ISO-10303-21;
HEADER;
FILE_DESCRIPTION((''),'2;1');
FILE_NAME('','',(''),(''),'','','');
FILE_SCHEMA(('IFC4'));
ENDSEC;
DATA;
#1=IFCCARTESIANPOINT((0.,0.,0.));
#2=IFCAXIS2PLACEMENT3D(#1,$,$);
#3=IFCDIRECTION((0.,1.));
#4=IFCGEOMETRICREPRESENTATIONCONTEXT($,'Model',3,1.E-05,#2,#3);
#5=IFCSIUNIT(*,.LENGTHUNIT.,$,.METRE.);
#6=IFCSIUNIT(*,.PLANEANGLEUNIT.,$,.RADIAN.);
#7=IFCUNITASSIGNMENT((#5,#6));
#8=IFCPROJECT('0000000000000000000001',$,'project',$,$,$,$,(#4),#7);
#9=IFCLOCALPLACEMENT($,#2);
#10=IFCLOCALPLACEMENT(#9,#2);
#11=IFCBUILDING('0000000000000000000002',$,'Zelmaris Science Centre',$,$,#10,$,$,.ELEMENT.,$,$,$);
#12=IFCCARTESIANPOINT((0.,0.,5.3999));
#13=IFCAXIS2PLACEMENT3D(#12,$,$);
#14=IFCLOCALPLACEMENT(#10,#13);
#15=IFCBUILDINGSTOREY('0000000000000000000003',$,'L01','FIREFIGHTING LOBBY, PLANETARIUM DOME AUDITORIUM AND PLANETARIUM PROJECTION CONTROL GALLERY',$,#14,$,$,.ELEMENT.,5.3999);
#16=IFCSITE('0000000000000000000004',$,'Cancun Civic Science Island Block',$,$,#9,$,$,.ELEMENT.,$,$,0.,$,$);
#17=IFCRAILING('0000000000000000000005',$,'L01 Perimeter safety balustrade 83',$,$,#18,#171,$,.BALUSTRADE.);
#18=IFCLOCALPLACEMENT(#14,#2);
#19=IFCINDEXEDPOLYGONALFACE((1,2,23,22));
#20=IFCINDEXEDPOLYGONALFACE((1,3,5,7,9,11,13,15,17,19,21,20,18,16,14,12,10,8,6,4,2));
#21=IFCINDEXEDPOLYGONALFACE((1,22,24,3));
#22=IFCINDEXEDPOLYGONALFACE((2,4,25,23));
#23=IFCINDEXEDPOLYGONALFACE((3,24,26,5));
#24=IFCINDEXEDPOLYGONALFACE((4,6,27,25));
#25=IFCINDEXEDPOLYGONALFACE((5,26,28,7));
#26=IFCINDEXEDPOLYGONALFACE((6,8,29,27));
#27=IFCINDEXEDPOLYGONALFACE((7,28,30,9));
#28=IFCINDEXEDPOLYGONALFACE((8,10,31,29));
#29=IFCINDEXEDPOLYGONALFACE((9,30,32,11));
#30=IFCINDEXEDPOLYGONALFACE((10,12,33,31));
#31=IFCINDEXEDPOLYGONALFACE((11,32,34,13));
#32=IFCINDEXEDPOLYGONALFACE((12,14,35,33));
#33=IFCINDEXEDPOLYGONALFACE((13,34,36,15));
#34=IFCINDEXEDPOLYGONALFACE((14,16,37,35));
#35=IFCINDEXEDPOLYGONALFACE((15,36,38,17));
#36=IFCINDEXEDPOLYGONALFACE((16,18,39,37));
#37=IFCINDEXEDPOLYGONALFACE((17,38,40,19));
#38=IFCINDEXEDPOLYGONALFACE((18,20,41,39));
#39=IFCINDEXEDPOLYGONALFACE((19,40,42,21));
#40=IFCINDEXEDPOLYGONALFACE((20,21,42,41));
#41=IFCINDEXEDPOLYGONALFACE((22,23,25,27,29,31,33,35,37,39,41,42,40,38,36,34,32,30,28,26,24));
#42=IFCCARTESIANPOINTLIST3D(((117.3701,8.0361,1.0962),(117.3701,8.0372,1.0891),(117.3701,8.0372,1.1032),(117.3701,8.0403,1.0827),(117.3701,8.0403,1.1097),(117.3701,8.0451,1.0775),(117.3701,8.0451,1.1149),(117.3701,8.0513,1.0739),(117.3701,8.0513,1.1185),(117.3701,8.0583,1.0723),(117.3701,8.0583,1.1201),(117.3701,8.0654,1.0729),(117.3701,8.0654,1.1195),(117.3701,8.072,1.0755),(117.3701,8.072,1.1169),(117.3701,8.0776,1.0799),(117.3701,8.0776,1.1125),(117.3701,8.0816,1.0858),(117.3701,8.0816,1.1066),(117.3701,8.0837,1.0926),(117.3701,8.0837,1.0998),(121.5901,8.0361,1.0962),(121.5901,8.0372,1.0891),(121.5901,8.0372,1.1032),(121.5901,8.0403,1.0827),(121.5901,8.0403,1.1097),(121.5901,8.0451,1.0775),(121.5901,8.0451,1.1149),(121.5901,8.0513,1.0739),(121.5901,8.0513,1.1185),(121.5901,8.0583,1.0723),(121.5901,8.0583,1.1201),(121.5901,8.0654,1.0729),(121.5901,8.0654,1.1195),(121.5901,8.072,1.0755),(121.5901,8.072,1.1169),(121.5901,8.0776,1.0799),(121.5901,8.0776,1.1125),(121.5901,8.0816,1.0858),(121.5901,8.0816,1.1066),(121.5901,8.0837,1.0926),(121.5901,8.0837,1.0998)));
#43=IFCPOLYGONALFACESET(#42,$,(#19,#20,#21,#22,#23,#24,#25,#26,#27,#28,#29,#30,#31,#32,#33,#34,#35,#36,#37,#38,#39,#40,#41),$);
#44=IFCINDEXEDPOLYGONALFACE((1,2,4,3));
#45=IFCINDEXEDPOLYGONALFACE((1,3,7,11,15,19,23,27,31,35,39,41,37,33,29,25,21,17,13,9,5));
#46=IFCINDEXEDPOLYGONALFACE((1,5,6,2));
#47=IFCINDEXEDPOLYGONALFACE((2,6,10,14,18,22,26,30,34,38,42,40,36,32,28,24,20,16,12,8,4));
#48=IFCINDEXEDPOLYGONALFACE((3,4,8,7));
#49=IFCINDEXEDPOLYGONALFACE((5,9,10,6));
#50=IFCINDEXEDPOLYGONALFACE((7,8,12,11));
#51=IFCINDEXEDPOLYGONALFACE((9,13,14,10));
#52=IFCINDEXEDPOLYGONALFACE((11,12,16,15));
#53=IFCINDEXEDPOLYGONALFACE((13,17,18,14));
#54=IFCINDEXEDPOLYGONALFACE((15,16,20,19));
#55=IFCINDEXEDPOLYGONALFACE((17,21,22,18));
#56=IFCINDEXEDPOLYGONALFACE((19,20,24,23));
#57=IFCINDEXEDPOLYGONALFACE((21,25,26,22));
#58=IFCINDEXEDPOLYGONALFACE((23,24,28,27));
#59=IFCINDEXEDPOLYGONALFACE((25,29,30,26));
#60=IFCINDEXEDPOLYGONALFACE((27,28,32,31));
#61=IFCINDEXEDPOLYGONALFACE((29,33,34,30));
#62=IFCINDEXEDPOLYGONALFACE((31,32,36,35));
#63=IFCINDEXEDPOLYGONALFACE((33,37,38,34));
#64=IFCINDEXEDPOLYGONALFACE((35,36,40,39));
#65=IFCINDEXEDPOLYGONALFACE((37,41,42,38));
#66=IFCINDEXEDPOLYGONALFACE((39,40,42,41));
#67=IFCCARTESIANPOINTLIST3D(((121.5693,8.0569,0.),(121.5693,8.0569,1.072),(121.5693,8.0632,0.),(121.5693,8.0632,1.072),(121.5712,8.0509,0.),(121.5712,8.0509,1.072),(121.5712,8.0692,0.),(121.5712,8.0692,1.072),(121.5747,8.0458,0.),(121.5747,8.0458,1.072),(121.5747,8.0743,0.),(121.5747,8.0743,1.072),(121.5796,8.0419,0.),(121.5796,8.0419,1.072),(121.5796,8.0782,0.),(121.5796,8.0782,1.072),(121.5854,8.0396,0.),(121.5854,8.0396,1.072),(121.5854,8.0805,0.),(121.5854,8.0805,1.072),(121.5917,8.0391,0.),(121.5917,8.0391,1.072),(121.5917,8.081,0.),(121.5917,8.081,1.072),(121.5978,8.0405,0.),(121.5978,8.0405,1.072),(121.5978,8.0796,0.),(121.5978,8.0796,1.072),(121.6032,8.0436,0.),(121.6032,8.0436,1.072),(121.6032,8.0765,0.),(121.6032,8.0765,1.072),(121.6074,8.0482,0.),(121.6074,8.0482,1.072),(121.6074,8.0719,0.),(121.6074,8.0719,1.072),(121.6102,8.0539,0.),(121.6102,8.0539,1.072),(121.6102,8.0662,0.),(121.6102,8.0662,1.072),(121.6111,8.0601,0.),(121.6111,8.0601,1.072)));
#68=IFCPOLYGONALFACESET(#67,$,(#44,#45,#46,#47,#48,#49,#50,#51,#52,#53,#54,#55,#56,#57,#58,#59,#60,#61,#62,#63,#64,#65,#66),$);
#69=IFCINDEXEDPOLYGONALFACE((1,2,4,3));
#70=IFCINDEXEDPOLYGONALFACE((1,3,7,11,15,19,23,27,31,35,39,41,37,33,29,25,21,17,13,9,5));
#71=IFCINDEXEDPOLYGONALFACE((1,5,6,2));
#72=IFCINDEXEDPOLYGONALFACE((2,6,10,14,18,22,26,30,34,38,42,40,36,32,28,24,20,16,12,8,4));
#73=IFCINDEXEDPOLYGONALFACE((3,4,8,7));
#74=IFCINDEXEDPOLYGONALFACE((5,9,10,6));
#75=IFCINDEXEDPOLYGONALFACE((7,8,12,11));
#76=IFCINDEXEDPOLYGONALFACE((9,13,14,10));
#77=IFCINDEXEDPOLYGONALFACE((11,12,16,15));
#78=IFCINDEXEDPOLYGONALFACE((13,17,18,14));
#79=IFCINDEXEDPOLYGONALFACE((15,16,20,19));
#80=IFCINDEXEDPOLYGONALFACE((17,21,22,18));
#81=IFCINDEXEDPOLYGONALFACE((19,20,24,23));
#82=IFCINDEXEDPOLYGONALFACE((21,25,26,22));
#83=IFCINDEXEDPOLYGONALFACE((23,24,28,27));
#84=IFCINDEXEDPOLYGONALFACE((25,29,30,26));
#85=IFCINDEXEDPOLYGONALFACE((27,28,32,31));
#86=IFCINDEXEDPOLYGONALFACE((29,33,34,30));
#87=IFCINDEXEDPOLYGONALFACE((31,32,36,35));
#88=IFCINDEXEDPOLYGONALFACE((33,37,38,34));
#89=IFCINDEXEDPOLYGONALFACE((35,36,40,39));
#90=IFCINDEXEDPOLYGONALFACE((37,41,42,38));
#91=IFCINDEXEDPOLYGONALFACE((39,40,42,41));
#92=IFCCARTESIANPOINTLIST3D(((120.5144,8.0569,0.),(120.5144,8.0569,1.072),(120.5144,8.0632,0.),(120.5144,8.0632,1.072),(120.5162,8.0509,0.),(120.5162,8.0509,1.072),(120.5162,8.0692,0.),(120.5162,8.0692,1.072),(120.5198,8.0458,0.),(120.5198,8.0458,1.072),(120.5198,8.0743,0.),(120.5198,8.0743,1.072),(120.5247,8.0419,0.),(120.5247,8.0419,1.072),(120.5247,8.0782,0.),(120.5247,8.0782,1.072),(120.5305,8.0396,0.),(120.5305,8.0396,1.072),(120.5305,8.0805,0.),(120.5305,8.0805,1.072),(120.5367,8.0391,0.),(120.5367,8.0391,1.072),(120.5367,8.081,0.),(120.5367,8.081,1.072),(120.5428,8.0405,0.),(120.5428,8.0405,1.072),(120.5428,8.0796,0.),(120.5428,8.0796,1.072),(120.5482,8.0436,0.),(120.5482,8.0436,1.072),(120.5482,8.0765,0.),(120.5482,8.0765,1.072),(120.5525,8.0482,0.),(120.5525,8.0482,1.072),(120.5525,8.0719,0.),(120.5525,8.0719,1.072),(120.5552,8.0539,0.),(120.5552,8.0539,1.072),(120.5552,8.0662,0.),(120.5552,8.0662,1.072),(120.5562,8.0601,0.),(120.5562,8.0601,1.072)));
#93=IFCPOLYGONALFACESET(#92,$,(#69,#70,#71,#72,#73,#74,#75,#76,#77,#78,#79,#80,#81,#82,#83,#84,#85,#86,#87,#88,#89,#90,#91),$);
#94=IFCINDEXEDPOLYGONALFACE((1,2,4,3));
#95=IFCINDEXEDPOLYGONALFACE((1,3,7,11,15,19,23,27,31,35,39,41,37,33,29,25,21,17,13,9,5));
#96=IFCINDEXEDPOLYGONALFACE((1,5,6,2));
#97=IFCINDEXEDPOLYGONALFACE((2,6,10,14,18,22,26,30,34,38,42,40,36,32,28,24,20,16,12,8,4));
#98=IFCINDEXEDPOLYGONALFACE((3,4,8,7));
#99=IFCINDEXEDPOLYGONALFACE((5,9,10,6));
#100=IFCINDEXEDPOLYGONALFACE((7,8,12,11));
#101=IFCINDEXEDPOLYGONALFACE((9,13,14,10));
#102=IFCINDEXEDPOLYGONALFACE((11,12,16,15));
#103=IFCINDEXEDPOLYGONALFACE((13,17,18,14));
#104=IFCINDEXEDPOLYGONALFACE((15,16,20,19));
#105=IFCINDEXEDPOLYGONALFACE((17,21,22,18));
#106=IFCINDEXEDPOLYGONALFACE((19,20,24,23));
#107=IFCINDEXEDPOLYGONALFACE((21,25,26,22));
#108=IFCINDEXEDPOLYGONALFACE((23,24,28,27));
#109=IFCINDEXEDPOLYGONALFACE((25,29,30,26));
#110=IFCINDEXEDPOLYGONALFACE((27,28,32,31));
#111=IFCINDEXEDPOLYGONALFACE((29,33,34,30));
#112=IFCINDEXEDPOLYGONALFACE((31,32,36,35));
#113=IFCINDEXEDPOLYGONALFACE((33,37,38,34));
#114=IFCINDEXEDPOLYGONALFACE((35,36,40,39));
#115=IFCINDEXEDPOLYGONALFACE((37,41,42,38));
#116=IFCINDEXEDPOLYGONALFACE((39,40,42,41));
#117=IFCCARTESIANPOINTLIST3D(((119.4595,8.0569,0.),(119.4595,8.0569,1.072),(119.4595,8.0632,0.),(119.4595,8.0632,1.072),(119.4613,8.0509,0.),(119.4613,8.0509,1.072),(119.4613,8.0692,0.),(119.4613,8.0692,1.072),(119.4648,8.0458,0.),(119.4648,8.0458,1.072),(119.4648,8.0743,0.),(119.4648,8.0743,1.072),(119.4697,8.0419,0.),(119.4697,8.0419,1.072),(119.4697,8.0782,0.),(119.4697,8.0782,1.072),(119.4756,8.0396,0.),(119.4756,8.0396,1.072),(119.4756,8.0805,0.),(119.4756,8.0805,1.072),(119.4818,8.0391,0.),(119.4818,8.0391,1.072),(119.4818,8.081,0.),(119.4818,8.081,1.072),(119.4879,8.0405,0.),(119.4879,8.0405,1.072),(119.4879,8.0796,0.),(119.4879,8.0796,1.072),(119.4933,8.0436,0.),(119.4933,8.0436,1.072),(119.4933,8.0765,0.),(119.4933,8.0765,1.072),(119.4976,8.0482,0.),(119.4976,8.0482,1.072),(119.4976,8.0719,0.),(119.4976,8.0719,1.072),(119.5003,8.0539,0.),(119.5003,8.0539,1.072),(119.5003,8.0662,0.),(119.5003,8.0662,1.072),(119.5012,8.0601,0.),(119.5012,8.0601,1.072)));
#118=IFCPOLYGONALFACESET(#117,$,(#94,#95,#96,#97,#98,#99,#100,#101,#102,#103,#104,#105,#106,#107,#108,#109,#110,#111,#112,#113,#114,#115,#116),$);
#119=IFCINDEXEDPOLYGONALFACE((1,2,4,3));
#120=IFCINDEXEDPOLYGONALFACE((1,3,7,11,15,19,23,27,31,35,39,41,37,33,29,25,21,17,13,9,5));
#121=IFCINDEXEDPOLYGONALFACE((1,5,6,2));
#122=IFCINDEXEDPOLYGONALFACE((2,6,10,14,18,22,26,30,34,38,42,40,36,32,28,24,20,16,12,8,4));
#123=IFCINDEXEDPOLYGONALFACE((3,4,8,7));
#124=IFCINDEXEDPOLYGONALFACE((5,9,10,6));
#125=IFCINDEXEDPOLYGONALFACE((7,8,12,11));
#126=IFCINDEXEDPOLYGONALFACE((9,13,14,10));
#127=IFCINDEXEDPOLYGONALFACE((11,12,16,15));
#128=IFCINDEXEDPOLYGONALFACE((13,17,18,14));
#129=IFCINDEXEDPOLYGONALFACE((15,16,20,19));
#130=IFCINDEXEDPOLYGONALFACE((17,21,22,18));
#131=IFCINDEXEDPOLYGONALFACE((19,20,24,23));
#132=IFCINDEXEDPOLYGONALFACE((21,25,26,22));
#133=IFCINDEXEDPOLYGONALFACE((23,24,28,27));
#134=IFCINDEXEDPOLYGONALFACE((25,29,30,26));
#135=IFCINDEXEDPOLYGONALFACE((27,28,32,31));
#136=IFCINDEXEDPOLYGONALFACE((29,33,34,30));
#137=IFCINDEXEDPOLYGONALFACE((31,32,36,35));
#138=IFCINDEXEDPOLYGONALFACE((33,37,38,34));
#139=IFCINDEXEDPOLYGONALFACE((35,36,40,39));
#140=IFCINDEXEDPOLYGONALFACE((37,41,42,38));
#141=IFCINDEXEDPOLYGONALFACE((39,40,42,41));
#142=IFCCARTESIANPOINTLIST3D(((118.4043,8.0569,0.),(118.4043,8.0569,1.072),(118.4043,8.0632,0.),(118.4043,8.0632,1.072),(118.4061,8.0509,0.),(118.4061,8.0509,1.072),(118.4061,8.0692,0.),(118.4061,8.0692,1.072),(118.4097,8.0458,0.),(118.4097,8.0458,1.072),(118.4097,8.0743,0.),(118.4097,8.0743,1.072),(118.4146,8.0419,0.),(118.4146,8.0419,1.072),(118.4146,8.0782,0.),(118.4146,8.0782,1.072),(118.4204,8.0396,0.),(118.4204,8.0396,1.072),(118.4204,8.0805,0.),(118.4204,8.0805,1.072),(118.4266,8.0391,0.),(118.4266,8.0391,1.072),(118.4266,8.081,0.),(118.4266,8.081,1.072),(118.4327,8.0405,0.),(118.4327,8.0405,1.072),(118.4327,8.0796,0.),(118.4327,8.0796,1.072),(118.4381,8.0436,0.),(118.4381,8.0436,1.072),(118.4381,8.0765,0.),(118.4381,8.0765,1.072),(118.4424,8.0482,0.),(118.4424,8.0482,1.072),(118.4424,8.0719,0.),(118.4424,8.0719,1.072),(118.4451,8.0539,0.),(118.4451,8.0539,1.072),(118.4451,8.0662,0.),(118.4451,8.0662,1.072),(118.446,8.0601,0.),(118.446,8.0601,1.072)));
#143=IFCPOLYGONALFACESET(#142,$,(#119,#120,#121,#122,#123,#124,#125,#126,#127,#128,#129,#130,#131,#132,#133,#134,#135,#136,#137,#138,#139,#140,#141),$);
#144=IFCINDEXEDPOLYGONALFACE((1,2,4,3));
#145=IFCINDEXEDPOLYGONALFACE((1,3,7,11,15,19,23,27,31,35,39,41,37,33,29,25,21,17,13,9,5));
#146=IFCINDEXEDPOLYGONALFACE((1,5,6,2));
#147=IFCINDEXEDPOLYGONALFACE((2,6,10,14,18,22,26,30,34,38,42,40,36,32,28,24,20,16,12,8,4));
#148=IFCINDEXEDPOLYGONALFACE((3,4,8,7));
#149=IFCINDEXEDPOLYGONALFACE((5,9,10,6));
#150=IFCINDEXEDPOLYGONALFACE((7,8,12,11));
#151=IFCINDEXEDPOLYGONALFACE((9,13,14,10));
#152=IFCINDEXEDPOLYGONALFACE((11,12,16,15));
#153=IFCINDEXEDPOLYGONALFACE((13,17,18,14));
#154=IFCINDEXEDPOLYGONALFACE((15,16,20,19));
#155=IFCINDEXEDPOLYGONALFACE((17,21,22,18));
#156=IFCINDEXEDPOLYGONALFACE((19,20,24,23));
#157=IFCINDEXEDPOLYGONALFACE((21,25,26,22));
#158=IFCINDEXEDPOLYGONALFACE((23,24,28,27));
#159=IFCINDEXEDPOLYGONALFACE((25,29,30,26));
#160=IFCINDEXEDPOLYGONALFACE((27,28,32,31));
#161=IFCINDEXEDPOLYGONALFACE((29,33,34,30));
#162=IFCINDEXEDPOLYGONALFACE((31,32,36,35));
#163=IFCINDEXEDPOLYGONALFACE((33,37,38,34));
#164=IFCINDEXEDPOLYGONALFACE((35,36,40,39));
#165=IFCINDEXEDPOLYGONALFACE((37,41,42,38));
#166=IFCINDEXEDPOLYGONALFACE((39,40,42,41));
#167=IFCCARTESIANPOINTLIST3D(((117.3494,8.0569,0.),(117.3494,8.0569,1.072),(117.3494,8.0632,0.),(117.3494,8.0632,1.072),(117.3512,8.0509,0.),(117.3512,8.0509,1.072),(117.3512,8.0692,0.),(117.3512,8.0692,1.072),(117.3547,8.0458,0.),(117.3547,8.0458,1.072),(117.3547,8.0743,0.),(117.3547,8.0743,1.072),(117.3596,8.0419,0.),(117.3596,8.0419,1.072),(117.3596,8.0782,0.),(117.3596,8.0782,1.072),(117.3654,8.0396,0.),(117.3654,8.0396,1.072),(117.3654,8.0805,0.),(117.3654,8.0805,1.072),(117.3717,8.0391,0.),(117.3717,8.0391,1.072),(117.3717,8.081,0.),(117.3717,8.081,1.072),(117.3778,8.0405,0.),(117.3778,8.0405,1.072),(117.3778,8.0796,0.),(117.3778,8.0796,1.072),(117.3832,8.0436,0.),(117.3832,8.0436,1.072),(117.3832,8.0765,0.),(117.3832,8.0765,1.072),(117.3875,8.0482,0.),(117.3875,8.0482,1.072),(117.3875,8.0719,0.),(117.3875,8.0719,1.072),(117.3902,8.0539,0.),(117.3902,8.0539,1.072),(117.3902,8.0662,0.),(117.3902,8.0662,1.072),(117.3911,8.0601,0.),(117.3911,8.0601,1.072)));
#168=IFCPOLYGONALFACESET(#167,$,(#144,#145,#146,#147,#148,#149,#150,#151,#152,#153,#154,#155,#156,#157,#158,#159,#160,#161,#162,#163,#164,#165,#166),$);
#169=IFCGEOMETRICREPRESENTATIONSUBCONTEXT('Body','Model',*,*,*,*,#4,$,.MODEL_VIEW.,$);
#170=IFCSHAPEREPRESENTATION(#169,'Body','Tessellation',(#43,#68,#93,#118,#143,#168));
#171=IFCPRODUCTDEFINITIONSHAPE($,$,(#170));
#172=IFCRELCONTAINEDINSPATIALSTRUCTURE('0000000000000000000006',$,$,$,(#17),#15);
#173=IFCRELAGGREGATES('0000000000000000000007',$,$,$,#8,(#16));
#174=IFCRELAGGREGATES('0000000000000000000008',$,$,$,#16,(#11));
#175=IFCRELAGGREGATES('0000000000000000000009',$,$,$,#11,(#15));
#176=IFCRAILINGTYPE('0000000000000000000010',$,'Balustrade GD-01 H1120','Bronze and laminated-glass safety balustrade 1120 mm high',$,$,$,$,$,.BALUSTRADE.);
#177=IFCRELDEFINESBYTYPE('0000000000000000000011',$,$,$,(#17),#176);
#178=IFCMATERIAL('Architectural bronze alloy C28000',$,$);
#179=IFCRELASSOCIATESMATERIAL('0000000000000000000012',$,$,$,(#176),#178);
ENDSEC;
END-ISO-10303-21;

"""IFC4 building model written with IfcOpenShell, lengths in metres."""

from ifc_helpers import new_model, si_unit, direction, frame, origin, origin_2d, place, context, subcontext, project, spatial, circle, extrude, material, type_object, element, save


model = new_model("IFC4")

# Units and contexts
model_context = context("Model", 3, precision=1e-05, world=origin(), true_north=direction((0.0, 1.0)))
body_context = subcontext(model_context, "Body", "Model", "MODEL_VIEW")
ifc_project = project(units=[si_unit("LENGTHUNIT", "METRE"), si_unit("PLANEANGLEUNIT", "RADIAN")], contexts=[model_context])

# Site, building, storey
site_placement = place(None, origin())
site = spatial("IfcSite", under=ifc_project, at=site_placement, Name="Cancun Civic Science Island Block", CompositionType="ELEMENT", RefElevation=0.0)
building_placement = place(site_placement, origin())
building = spatial("IfcBuilding", under=site, at=building_placement, Name="Zelmaris Science Centre", CompositionType="ELEMENT")
storey_placement = place(building_placement, frame((0.0, 0.0, 5.3999)))
storey = spatial("IfcBuildingStorey", under=building, at=storey_placement, Name="L01", Description="FIREFIGHTING LOBBY, PLANETARIUM DOME AUDITORIUM AND PLANETARIUM PROJECTION CONTROL GALLERY", CompositionType="ELEMENT", Elevation=5.3999)

# Railing
ifc_material_1 = material(Name="Architectural bronze alloy C28000")
railing_type = type_object("IfcRailingType", Name="Balustrade GD-01 H1120", Description="Bronze and laminated-glass safety balustrade 1120 mm high", PredefinedType="BALUSTRADE", material=ifc_material_1)
railing_placement = place(storey_placement, frame((121.5901, 8.0601, 0.0)))
element("IfcRailing", 1, at=railing_placement, inside=storey, type_object=railing_type, Name="L01 Perimeter safety balustrade 83", PredefinedType="BALUSTRADE", context=body_context, shape_type="SweptSolid", body=[
    extrude(circle(Radius=0.0239, at=origin_2d()), frame((0.0, 0.0, 1.0962), z_axis=(-1.0, 0.0, 0.0), x_axis=(0.0, -1.0, 0.0)), (0.0, 0.0, 1.0), 4.22),
    extrude(circle(Radius=0.021, at=origin_2d()), origin(), (0.0, 0.0, 1.0), 1.072),
    extrude(circle(Radius=0.021, at=origin_2d()), frame((-1.0549, 0.0, 0.0)), (0.0, 0.0, 1.0), 1.072),
    extrude(circle(Radius=0.021, at=origin_2d()), frame((-2.1099, 0.0, 0.0)), (0.0, 0.0, 1.0), 1.072),
    extrude(circle(Radius=0.021, at=origin_2d()), frame((-3.165, 0.0, 0.0)), (0.0, 0.0, 1.0), 1.072),
    extrude(circle(Radius=0.021, at=origin_2d()), frame((-4.22, 0.0, 0.0)), (0.0, 0.0, 1.0), 1.072),
])

save(model, "model.ifc")
